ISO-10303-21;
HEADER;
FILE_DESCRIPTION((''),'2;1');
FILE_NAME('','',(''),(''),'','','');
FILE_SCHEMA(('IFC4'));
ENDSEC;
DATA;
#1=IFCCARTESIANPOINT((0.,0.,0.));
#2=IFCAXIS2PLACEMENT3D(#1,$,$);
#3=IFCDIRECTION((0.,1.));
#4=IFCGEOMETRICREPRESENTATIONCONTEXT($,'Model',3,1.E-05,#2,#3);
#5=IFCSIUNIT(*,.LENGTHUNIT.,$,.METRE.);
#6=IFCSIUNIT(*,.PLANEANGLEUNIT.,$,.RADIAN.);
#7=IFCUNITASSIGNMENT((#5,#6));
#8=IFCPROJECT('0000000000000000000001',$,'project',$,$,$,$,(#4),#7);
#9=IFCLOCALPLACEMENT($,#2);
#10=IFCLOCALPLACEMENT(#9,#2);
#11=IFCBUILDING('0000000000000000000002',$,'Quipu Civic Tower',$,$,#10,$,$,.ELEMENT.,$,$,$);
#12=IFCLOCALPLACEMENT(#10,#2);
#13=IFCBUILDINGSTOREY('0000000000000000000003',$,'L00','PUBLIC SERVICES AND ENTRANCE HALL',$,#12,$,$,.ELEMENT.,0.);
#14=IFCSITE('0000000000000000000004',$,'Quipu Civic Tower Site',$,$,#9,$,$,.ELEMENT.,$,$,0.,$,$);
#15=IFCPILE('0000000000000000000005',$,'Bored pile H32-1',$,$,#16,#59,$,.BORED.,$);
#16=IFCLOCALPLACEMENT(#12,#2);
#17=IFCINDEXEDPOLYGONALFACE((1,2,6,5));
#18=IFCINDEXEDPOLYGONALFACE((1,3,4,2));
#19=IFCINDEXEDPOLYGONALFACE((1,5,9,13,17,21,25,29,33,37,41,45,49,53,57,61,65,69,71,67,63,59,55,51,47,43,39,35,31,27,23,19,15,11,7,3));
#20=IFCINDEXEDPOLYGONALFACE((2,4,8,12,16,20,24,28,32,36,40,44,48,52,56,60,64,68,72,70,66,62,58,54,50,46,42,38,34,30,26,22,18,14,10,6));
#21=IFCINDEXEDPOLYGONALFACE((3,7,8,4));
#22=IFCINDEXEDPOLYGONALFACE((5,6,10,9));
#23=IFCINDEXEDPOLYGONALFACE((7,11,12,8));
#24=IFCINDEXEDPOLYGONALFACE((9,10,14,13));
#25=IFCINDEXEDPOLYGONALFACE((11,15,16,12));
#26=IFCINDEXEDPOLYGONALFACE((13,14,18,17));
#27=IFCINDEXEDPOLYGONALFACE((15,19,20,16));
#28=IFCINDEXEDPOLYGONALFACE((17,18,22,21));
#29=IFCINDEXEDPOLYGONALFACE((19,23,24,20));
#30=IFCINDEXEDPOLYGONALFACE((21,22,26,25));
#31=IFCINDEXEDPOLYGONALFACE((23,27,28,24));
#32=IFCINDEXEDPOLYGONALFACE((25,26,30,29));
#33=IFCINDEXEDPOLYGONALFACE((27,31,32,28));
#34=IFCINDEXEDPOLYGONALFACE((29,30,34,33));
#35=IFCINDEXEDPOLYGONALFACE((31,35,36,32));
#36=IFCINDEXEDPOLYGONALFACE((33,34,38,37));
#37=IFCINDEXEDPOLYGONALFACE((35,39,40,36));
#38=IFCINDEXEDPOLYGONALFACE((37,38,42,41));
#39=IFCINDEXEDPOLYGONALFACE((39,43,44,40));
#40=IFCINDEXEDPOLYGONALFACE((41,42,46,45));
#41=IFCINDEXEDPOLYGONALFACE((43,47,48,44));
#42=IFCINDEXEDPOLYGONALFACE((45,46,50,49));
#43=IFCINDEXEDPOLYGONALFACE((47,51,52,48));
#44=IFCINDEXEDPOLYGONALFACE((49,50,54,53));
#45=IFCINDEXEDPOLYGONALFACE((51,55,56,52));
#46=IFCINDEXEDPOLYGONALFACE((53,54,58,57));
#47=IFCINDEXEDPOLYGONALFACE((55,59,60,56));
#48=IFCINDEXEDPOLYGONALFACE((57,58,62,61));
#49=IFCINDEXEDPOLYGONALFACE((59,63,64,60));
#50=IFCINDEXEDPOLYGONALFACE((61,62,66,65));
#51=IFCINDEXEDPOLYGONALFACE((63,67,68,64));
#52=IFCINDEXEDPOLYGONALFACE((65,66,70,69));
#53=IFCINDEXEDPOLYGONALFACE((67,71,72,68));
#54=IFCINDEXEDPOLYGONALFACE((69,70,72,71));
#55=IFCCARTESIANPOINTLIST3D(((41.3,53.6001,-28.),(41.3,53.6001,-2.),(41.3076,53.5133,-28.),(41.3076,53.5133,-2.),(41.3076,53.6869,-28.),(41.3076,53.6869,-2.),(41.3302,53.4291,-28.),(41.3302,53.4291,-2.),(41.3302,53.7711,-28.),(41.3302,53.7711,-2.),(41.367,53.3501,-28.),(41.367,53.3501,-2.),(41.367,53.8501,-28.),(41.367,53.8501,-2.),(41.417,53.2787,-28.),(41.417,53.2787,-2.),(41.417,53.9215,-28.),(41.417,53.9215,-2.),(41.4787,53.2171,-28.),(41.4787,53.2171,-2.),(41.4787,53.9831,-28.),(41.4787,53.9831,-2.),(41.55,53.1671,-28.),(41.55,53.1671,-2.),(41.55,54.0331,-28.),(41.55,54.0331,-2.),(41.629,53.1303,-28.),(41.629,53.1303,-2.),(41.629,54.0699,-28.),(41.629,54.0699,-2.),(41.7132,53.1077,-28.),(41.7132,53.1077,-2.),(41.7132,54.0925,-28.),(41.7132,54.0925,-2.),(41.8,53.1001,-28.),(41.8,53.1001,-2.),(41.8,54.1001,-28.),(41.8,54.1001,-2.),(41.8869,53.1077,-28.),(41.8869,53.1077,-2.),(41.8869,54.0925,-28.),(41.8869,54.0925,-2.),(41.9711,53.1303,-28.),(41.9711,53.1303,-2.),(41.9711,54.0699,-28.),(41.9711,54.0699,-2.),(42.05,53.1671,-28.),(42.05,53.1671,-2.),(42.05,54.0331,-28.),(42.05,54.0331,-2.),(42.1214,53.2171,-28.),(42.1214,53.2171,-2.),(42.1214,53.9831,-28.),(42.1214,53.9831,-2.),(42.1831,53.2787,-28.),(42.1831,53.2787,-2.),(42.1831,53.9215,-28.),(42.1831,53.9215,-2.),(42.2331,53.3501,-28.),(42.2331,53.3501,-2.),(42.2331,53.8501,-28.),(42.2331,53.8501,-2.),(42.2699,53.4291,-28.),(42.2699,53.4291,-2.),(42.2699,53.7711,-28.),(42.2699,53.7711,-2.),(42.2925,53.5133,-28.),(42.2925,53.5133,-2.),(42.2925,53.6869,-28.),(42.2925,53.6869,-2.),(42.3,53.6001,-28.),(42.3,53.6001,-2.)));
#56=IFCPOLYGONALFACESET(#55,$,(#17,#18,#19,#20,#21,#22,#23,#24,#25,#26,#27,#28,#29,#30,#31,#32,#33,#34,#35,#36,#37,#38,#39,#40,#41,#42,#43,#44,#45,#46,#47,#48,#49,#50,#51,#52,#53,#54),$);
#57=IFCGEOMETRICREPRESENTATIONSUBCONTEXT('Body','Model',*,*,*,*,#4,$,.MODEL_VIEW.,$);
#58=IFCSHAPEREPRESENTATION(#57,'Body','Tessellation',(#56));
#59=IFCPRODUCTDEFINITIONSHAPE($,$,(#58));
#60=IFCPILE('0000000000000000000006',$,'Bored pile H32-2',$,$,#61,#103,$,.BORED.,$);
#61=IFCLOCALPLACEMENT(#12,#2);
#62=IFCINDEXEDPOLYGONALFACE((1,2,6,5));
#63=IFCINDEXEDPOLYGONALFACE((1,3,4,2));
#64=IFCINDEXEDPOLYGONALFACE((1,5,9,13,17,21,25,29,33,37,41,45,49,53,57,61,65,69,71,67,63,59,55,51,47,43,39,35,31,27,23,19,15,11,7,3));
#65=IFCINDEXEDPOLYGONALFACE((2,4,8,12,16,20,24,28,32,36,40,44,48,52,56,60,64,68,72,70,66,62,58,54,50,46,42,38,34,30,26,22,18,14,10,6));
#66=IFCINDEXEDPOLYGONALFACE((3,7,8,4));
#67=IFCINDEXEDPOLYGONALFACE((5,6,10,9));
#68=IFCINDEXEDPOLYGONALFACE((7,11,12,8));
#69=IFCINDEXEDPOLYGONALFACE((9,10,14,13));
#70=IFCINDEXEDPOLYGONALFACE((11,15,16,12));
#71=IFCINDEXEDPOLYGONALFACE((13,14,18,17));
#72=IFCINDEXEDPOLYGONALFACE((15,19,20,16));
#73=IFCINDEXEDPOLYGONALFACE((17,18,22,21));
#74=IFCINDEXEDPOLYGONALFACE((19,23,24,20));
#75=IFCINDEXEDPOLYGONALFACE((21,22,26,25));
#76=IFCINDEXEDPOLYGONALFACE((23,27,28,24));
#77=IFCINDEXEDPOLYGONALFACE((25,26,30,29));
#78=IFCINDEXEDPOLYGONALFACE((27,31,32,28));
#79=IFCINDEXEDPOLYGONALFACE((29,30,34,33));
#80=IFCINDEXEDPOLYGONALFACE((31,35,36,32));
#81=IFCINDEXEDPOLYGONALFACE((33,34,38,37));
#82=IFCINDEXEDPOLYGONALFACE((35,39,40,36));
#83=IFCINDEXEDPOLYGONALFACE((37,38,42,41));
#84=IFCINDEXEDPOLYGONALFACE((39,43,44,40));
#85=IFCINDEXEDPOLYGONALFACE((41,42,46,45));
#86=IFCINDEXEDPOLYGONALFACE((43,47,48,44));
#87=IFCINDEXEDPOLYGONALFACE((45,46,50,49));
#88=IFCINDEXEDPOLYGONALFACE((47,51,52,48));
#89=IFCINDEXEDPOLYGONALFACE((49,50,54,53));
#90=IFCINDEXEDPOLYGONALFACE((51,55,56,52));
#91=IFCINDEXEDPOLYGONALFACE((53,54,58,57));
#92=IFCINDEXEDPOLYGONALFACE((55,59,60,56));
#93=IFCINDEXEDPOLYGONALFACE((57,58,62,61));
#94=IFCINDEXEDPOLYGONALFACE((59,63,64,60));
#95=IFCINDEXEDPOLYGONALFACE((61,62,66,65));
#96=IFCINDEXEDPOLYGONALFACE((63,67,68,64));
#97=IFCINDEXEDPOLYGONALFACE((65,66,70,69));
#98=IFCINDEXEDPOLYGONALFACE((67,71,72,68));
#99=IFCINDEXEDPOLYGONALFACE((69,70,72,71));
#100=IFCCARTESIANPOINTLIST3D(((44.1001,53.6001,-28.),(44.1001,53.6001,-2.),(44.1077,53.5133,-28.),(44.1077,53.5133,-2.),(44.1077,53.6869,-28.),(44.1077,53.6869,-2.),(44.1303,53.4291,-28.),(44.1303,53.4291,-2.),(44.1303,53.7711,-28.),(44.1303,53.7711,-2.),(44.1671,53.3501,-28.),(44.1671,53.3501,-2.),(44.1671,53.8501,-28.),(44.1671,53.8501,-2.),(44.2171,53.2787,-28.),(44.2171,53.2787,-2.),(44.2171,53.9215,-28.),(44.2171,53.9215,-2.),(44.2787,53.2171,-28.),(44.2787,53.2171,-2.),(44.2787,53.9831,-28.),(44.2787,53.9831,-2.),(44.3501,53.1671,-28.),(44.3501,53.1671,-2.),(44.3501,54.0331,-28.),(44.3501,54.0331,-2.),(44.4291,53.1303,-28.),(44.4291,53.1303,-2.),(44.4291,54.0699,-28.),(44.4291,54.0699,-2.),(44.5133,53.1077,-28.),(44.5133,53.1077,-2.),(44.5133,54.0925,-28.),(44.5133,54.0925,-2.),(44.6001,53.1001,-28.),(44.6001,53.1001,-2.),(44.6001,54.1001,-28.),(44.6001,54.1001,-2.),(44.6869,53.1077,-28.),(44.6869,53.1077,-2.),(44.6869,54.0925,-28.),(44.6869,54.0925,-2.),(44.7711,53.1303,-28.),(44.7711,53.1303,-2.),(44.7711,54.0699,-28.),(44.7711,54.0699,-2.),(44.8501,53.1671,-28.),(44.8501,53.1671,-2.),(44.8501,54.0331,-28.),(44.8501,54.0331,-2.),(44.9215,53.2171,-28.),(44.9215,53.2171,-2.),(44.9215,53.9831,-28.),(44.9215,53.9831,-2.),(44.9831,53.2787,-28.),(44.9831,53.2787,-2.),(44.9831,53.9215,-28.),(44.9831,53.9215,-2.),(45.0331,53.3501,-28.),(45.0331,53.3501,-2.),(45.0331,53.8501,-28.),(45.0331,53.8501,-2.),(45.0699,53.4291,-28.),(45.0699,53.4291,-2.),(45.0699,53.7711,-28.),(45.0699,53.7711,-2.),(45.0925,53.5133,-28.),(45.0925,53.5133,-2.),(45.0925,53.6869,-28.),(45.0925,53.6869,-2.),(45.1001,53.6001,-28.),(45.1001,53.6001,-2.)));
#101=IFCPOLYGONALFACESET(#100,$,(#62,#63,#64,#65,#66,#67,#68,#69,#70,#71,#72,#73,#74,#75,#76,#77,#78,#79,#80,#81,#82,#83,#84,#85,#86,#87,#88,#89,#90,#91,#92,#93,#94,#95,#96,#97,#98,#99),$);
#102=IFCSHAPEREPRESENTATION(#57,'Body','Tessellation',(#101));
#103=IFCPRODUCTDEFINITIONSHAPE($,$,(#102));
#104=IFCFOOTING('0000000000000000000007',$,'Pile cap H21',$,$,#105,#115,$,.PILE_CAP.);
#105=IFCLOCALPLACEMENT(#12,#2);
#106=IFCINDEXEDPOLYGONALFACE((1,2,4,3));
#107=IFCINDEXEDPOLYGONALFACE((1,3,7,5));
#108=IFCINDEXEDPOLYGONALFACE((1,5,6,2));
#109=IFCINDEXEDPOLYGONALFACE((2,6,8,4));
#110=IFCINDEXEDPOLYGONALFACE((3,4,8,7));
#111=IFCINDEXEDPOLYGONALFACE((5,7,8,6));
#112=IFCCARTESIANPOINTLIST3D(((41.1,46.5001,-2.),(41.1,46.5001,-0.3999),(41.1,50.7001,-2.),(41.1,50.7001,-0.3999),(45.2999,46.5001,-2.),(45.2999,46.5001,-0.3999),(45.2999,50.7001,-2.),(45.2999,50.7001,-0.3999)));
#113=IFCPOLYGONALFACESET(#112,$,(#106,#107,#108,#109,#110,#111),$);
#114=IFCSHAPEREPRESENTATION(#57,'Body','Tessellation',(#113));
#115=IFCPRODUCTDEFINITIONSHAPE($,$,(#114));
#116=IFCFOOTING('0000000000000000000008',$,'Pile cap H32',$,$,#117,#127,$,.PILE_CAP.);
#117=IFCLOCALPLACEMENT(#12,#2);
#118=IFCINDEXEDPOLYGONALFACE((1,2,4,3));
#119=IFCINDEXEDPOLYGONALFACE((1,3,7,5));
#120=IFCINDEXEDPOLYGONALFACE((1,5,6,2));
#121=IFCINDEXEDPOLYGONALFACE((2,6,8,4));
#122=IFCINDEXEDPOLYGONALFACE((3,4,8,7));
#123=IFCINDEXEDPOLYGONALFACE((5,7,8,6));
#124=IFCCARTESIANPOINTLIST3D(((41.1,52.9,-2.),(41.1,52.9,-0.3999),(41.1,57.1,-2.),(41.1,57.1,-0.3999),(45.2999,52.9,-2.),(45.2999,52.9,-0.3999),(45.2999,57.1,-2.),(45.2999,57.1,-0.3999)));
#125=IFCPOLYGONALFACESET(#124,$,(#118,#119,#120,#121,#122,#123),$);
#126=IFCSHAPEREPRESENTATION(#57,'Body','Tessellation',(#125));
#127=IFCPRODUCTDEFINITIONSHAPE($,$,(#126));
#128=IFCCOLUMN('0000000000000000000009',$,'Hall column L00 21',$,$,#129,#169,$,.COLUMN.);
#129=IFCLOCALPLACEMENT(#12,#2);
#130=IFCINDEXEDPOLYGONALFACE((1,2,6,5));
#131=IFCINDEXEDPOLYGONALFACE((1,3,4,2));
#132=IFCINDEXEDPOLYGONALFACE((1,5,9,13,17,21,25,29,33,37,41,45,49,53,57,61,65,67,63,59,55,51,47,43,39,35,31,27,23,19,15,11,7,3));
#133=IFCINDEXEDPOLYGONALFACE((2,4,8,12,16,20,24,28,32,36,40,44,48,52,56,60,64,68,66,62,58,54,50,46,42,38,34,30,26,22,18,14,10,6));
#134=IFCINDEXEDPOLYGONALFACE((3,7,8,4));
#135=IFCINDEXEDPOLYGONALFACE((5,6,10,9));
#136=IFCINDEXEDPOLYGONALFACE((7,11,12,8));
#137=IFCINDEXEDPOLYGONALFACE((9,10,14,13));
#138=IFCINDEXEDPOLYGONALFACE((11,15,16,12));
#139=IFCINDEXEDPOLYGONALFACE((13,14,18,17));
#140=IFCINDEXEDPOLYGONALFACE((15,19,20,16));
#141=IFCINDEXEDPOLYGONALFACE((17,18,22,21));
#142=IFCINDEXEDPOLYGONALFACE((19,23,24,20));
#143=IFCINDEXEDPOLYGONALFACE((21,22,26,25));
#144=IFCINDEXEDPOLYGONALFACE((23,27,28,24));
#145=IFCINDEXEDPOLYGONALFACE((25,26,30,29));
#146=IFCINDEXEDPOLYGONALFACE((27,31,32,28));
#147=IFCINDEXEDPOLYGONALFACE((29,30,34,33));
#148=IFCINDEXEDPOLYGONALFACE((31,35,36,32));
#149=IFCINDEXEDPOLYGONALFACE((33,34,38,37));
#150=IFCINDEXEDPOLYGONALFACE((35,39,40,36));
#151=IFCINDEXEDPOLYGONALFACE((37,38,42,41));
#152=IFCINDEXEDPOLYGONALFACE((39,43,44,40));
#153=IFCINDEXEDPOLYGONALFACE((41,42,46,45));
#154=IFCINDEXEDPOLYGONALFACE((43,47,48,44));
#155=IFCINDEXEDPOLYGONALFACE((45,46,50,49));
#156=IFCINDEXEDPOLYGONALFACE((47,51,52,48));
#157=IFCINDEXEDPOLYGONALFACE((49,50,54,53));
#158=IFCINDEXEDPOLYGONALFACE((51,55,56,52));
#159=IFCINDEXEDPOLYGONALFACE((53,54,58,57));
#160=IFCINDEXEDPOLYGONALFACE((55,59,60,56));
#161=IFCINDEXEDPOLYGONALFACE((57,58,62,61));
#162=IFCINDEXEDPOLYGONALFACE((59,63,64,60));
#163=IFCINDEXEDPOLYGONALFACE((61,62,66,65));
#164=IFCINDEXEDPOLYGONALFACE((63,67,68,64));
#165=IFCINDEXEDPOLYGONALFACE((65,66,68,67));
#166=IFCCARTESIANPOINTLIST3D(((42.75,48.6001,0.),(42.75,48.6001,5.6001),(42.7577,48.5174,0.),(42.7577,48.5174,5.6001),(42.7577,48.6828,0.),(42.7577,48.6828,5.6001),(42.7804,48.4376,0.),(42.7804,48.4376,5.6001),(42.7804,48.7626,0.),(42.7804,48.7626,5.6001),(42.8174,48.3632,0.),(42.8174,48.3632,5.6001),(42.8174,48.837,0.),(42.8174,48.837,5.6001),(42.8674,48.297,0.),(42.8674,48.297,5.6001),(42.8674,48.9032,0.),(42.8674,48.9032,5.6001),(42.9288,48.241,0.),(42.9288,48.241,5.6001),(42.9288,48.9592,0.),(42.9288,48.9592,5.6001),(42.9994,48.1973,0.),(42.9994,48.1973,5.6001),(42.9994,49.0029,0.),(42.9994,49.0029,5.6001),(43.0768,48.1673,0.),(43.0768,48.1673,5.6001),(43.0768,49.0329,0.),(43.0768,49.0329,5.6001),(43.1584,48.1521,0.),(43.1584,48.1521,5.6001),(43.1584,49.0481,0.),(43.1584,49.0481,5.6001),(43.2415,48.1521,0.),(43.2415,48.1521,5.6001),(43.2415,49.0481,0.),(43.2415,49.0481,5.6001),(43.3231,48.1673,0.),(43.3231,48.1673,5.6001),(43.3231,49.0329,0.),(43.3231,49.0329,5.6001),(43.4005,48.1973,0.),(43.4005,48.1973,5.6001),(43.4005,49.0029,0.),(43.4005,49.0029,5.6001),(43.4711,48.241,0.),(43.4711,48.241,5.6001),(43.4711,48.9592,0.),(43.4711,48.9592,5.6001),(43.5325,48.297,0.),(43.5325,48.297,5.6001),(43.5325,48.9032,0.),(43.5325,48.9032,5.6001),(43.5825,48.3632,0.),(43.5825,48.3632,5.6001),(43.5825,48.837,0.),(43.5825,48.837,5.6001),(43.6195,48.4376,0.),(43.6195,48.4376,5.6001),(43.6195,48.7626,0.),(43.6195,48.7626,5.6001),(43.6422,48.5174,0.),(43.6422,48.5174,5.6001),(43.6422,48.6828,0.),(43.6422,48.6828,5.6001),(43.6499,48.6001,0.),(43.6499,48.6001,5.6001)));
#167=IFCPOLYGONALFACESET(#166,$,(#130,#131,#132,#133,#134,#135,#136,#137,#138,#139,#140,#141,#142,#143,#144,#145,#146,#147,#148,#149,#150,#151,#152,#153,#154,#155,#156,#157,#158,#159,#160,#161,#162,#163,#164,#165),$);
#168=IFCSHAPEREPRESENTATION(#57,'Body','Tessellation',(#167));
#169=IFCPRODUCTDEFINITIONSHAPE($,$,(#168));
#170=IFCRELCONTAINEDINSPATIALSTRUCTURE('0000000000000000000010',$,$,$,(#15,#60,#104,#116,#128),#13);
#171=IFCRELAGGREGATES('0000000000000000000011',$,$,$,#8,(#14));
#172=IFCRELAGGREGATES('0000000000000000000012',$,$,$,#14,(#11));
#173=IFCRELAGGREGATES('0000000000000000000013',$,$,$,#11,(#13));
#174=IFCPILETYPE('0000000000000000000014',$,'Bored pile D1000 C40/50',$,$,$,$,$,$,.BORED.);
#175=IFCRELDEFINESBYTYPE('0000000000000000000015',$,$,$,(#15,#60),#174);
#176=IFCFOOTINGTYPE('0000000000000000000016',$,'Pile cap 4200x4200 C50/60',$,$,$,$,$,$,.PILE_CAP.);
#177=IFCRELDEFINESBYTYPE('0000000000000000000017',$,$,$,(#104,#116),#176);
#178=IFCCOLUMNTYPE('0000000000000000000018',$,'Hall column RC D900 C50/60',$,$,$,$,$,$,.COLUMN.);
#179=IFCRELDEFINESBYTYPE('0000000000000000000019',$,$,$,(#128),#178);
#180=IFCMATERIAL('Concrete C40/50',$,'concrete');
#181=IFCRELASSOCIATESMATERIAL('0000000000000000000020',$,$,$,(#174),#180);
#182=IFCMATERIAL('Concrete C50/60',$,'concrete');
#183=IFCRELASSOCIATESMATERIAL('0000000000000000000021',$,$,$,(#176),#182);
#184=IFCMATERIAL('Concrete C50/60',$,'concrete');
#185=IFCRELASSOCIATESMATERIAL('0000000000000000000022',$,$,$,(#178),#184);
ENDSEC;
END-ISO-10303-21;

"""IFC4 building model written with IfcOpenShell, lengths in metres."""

from ifc_helpers import new_model, si_unit, direction, frame, origin, origin_2d, place, context, subcontext, project, spatial, rectangle, circle, extrude, material, material_profile, profile_set, type_object, element, save


model = new_model("IFC4")

# Units and contexts
model_context = context("Model", 3, precision=1e-05, world=origin(), true_north=direction((0.0, 1.0)))
body_context = subcontext(model_context, "Body", "Model", "MODEL_VIEW")
ifc_project = project(units=[si_unit("LENGTHUNIT", "METRE"), si_unit("PLANEANGLEUNIT", "RADIAN")], contexts=[model_context])

# Site, building, storey
site_placement = place(None, origin())
site = spatial("IfcSite", under=ifc_project, at=site_placement, Name="Quipu Civic Tower Site", CompositionType="ELEMENT", RefElevation=0.0)
building_placement = place(site_placement, origin())
building = spatial("IfcBuilding", under=site, at=building_placement, Name="Quipu Civic Tower", CompositionType="ELEMENT")
storey_placement = place(building_placement, origin())
storey = spatial("IfcBuildingStorey", under=building, at=storey_placement, Name="L00", Description="PUBLIC SERVICES AND ENTRANCE HALL", CompositionType="ELEMENT", Elevation=0.0)

# Piles
ifc_material_1 = material(Name="Concrete C40/50", Category="concrete")
ifc_material_profile_1 = material_profile(ifc_material_1, circle(Radius=0.5, at=origin_2d()), Name="RCD1000")
ifc_profile_set_1 = profile_set([ifc_material_profile_1], Name="Concrete C40/50")
pile_type = type_object("IfcPileType", Name="Bored pile D1000 C40/50", PredefinedType="BORED", material=ifc_profile_set_1)
for number, where, z_axis, x_axis, name in (
    (1, (41.8, 53.6001, -2.0), (0.0, 0.0, -1.0), (1.0, 0.0, 0.0), "Bored pile H32-1"),
    (2, (44.6001, 53.6001, -2.0), (0.0, 0.0, -1.0), (1.0, 0.0, 0.0), "Bored pile H32-2"),
):
    element("IfcPile", number, at=place(storey_placement, frame(where, z_axis=z_axis, x_axis=x_axis)), inside=storey, type_object=pile_type, Name=name, PredefinedType="BORED", context=body_context, shape_type="SweptSolid", body=[
        extrude(circle(Radius=0.5, at=origin_2d()), origin(), (0.0, 0.0, 1.0), 26.0),
    ])

# Footings
ifc_material_2 = material(Name="Concrete C50/60", Category="concrete")
footing_type = type_object("IfcFootingType", Name="Pile cap 4200x4200 C50/60", PredefinedType="PILE_CAP", material=ifc_material_2)
for number, where, z_axis, x_axis, name in (
    (3, (43.2, 48.6001, -2.0), (0.0, 0.0, 1.0), (1.0, 0.0, 0.0), "Pile cap H21"),
    (4, (43.2, 55.0, -2.0), (0.0, 0.0, 1.0), (1.0, 0.0, 0.0), "Pile cap H32"),
):
    element("IfcFooting", number, at=place(storey_placement, frame(where, z_axis=z_axis, x_axis=x_axis)), inside=storey, type_object=footing_type, Name=name, PredefinedType="PILE_CAP", context=body_context, shape_type="SweptSolid", body=[
        extrude(rectangle(XDim=4.2, YDim=4.2, at=origin_2d()), origin(), (0.0, 0.0, 1.0), 1.6001),
    ])

# Column
ifc_material_3 = material(Name="Concrete C50/60", Category="concrete")
ifc_material_profile_2 = material_profile(ifc_material_3, circle(Radius=0.45, at=origin_2d()), Name="RCD900")
ifc_profile_set_2 = profile_set([ifc_material_profile_2], Name="Concrete C50/60")
column_type_1 = type_object("IfcColumnType", Name="Hall column RC D900 C50/60", PredefinedType="COLUMN", material=ifc_profile_set_2)
for number, where, z_axis, x_axis, name in (
    (5, (43.2, 48.6001, 0.0), (0.0, 0.0, 1.0), (1.0, 0.0, 0.0), "Hall column L00 21"),
):
    element("IfcColumn", number, at=place(storey_placement, frame(where, z_axis=z_axis, x_axis=x_axis)), inside=storey, type_object=column_type_1, Name=name, PredefinedType="COLUMN", context=body_context, shape_type="SweptSolid", body=[
        extrude(circle(Radius=0.45, at=origin_2d()), origin(), (0.0, 0.0, 1.0), 5.6001),
    ])

save(model, "model.ifc")
